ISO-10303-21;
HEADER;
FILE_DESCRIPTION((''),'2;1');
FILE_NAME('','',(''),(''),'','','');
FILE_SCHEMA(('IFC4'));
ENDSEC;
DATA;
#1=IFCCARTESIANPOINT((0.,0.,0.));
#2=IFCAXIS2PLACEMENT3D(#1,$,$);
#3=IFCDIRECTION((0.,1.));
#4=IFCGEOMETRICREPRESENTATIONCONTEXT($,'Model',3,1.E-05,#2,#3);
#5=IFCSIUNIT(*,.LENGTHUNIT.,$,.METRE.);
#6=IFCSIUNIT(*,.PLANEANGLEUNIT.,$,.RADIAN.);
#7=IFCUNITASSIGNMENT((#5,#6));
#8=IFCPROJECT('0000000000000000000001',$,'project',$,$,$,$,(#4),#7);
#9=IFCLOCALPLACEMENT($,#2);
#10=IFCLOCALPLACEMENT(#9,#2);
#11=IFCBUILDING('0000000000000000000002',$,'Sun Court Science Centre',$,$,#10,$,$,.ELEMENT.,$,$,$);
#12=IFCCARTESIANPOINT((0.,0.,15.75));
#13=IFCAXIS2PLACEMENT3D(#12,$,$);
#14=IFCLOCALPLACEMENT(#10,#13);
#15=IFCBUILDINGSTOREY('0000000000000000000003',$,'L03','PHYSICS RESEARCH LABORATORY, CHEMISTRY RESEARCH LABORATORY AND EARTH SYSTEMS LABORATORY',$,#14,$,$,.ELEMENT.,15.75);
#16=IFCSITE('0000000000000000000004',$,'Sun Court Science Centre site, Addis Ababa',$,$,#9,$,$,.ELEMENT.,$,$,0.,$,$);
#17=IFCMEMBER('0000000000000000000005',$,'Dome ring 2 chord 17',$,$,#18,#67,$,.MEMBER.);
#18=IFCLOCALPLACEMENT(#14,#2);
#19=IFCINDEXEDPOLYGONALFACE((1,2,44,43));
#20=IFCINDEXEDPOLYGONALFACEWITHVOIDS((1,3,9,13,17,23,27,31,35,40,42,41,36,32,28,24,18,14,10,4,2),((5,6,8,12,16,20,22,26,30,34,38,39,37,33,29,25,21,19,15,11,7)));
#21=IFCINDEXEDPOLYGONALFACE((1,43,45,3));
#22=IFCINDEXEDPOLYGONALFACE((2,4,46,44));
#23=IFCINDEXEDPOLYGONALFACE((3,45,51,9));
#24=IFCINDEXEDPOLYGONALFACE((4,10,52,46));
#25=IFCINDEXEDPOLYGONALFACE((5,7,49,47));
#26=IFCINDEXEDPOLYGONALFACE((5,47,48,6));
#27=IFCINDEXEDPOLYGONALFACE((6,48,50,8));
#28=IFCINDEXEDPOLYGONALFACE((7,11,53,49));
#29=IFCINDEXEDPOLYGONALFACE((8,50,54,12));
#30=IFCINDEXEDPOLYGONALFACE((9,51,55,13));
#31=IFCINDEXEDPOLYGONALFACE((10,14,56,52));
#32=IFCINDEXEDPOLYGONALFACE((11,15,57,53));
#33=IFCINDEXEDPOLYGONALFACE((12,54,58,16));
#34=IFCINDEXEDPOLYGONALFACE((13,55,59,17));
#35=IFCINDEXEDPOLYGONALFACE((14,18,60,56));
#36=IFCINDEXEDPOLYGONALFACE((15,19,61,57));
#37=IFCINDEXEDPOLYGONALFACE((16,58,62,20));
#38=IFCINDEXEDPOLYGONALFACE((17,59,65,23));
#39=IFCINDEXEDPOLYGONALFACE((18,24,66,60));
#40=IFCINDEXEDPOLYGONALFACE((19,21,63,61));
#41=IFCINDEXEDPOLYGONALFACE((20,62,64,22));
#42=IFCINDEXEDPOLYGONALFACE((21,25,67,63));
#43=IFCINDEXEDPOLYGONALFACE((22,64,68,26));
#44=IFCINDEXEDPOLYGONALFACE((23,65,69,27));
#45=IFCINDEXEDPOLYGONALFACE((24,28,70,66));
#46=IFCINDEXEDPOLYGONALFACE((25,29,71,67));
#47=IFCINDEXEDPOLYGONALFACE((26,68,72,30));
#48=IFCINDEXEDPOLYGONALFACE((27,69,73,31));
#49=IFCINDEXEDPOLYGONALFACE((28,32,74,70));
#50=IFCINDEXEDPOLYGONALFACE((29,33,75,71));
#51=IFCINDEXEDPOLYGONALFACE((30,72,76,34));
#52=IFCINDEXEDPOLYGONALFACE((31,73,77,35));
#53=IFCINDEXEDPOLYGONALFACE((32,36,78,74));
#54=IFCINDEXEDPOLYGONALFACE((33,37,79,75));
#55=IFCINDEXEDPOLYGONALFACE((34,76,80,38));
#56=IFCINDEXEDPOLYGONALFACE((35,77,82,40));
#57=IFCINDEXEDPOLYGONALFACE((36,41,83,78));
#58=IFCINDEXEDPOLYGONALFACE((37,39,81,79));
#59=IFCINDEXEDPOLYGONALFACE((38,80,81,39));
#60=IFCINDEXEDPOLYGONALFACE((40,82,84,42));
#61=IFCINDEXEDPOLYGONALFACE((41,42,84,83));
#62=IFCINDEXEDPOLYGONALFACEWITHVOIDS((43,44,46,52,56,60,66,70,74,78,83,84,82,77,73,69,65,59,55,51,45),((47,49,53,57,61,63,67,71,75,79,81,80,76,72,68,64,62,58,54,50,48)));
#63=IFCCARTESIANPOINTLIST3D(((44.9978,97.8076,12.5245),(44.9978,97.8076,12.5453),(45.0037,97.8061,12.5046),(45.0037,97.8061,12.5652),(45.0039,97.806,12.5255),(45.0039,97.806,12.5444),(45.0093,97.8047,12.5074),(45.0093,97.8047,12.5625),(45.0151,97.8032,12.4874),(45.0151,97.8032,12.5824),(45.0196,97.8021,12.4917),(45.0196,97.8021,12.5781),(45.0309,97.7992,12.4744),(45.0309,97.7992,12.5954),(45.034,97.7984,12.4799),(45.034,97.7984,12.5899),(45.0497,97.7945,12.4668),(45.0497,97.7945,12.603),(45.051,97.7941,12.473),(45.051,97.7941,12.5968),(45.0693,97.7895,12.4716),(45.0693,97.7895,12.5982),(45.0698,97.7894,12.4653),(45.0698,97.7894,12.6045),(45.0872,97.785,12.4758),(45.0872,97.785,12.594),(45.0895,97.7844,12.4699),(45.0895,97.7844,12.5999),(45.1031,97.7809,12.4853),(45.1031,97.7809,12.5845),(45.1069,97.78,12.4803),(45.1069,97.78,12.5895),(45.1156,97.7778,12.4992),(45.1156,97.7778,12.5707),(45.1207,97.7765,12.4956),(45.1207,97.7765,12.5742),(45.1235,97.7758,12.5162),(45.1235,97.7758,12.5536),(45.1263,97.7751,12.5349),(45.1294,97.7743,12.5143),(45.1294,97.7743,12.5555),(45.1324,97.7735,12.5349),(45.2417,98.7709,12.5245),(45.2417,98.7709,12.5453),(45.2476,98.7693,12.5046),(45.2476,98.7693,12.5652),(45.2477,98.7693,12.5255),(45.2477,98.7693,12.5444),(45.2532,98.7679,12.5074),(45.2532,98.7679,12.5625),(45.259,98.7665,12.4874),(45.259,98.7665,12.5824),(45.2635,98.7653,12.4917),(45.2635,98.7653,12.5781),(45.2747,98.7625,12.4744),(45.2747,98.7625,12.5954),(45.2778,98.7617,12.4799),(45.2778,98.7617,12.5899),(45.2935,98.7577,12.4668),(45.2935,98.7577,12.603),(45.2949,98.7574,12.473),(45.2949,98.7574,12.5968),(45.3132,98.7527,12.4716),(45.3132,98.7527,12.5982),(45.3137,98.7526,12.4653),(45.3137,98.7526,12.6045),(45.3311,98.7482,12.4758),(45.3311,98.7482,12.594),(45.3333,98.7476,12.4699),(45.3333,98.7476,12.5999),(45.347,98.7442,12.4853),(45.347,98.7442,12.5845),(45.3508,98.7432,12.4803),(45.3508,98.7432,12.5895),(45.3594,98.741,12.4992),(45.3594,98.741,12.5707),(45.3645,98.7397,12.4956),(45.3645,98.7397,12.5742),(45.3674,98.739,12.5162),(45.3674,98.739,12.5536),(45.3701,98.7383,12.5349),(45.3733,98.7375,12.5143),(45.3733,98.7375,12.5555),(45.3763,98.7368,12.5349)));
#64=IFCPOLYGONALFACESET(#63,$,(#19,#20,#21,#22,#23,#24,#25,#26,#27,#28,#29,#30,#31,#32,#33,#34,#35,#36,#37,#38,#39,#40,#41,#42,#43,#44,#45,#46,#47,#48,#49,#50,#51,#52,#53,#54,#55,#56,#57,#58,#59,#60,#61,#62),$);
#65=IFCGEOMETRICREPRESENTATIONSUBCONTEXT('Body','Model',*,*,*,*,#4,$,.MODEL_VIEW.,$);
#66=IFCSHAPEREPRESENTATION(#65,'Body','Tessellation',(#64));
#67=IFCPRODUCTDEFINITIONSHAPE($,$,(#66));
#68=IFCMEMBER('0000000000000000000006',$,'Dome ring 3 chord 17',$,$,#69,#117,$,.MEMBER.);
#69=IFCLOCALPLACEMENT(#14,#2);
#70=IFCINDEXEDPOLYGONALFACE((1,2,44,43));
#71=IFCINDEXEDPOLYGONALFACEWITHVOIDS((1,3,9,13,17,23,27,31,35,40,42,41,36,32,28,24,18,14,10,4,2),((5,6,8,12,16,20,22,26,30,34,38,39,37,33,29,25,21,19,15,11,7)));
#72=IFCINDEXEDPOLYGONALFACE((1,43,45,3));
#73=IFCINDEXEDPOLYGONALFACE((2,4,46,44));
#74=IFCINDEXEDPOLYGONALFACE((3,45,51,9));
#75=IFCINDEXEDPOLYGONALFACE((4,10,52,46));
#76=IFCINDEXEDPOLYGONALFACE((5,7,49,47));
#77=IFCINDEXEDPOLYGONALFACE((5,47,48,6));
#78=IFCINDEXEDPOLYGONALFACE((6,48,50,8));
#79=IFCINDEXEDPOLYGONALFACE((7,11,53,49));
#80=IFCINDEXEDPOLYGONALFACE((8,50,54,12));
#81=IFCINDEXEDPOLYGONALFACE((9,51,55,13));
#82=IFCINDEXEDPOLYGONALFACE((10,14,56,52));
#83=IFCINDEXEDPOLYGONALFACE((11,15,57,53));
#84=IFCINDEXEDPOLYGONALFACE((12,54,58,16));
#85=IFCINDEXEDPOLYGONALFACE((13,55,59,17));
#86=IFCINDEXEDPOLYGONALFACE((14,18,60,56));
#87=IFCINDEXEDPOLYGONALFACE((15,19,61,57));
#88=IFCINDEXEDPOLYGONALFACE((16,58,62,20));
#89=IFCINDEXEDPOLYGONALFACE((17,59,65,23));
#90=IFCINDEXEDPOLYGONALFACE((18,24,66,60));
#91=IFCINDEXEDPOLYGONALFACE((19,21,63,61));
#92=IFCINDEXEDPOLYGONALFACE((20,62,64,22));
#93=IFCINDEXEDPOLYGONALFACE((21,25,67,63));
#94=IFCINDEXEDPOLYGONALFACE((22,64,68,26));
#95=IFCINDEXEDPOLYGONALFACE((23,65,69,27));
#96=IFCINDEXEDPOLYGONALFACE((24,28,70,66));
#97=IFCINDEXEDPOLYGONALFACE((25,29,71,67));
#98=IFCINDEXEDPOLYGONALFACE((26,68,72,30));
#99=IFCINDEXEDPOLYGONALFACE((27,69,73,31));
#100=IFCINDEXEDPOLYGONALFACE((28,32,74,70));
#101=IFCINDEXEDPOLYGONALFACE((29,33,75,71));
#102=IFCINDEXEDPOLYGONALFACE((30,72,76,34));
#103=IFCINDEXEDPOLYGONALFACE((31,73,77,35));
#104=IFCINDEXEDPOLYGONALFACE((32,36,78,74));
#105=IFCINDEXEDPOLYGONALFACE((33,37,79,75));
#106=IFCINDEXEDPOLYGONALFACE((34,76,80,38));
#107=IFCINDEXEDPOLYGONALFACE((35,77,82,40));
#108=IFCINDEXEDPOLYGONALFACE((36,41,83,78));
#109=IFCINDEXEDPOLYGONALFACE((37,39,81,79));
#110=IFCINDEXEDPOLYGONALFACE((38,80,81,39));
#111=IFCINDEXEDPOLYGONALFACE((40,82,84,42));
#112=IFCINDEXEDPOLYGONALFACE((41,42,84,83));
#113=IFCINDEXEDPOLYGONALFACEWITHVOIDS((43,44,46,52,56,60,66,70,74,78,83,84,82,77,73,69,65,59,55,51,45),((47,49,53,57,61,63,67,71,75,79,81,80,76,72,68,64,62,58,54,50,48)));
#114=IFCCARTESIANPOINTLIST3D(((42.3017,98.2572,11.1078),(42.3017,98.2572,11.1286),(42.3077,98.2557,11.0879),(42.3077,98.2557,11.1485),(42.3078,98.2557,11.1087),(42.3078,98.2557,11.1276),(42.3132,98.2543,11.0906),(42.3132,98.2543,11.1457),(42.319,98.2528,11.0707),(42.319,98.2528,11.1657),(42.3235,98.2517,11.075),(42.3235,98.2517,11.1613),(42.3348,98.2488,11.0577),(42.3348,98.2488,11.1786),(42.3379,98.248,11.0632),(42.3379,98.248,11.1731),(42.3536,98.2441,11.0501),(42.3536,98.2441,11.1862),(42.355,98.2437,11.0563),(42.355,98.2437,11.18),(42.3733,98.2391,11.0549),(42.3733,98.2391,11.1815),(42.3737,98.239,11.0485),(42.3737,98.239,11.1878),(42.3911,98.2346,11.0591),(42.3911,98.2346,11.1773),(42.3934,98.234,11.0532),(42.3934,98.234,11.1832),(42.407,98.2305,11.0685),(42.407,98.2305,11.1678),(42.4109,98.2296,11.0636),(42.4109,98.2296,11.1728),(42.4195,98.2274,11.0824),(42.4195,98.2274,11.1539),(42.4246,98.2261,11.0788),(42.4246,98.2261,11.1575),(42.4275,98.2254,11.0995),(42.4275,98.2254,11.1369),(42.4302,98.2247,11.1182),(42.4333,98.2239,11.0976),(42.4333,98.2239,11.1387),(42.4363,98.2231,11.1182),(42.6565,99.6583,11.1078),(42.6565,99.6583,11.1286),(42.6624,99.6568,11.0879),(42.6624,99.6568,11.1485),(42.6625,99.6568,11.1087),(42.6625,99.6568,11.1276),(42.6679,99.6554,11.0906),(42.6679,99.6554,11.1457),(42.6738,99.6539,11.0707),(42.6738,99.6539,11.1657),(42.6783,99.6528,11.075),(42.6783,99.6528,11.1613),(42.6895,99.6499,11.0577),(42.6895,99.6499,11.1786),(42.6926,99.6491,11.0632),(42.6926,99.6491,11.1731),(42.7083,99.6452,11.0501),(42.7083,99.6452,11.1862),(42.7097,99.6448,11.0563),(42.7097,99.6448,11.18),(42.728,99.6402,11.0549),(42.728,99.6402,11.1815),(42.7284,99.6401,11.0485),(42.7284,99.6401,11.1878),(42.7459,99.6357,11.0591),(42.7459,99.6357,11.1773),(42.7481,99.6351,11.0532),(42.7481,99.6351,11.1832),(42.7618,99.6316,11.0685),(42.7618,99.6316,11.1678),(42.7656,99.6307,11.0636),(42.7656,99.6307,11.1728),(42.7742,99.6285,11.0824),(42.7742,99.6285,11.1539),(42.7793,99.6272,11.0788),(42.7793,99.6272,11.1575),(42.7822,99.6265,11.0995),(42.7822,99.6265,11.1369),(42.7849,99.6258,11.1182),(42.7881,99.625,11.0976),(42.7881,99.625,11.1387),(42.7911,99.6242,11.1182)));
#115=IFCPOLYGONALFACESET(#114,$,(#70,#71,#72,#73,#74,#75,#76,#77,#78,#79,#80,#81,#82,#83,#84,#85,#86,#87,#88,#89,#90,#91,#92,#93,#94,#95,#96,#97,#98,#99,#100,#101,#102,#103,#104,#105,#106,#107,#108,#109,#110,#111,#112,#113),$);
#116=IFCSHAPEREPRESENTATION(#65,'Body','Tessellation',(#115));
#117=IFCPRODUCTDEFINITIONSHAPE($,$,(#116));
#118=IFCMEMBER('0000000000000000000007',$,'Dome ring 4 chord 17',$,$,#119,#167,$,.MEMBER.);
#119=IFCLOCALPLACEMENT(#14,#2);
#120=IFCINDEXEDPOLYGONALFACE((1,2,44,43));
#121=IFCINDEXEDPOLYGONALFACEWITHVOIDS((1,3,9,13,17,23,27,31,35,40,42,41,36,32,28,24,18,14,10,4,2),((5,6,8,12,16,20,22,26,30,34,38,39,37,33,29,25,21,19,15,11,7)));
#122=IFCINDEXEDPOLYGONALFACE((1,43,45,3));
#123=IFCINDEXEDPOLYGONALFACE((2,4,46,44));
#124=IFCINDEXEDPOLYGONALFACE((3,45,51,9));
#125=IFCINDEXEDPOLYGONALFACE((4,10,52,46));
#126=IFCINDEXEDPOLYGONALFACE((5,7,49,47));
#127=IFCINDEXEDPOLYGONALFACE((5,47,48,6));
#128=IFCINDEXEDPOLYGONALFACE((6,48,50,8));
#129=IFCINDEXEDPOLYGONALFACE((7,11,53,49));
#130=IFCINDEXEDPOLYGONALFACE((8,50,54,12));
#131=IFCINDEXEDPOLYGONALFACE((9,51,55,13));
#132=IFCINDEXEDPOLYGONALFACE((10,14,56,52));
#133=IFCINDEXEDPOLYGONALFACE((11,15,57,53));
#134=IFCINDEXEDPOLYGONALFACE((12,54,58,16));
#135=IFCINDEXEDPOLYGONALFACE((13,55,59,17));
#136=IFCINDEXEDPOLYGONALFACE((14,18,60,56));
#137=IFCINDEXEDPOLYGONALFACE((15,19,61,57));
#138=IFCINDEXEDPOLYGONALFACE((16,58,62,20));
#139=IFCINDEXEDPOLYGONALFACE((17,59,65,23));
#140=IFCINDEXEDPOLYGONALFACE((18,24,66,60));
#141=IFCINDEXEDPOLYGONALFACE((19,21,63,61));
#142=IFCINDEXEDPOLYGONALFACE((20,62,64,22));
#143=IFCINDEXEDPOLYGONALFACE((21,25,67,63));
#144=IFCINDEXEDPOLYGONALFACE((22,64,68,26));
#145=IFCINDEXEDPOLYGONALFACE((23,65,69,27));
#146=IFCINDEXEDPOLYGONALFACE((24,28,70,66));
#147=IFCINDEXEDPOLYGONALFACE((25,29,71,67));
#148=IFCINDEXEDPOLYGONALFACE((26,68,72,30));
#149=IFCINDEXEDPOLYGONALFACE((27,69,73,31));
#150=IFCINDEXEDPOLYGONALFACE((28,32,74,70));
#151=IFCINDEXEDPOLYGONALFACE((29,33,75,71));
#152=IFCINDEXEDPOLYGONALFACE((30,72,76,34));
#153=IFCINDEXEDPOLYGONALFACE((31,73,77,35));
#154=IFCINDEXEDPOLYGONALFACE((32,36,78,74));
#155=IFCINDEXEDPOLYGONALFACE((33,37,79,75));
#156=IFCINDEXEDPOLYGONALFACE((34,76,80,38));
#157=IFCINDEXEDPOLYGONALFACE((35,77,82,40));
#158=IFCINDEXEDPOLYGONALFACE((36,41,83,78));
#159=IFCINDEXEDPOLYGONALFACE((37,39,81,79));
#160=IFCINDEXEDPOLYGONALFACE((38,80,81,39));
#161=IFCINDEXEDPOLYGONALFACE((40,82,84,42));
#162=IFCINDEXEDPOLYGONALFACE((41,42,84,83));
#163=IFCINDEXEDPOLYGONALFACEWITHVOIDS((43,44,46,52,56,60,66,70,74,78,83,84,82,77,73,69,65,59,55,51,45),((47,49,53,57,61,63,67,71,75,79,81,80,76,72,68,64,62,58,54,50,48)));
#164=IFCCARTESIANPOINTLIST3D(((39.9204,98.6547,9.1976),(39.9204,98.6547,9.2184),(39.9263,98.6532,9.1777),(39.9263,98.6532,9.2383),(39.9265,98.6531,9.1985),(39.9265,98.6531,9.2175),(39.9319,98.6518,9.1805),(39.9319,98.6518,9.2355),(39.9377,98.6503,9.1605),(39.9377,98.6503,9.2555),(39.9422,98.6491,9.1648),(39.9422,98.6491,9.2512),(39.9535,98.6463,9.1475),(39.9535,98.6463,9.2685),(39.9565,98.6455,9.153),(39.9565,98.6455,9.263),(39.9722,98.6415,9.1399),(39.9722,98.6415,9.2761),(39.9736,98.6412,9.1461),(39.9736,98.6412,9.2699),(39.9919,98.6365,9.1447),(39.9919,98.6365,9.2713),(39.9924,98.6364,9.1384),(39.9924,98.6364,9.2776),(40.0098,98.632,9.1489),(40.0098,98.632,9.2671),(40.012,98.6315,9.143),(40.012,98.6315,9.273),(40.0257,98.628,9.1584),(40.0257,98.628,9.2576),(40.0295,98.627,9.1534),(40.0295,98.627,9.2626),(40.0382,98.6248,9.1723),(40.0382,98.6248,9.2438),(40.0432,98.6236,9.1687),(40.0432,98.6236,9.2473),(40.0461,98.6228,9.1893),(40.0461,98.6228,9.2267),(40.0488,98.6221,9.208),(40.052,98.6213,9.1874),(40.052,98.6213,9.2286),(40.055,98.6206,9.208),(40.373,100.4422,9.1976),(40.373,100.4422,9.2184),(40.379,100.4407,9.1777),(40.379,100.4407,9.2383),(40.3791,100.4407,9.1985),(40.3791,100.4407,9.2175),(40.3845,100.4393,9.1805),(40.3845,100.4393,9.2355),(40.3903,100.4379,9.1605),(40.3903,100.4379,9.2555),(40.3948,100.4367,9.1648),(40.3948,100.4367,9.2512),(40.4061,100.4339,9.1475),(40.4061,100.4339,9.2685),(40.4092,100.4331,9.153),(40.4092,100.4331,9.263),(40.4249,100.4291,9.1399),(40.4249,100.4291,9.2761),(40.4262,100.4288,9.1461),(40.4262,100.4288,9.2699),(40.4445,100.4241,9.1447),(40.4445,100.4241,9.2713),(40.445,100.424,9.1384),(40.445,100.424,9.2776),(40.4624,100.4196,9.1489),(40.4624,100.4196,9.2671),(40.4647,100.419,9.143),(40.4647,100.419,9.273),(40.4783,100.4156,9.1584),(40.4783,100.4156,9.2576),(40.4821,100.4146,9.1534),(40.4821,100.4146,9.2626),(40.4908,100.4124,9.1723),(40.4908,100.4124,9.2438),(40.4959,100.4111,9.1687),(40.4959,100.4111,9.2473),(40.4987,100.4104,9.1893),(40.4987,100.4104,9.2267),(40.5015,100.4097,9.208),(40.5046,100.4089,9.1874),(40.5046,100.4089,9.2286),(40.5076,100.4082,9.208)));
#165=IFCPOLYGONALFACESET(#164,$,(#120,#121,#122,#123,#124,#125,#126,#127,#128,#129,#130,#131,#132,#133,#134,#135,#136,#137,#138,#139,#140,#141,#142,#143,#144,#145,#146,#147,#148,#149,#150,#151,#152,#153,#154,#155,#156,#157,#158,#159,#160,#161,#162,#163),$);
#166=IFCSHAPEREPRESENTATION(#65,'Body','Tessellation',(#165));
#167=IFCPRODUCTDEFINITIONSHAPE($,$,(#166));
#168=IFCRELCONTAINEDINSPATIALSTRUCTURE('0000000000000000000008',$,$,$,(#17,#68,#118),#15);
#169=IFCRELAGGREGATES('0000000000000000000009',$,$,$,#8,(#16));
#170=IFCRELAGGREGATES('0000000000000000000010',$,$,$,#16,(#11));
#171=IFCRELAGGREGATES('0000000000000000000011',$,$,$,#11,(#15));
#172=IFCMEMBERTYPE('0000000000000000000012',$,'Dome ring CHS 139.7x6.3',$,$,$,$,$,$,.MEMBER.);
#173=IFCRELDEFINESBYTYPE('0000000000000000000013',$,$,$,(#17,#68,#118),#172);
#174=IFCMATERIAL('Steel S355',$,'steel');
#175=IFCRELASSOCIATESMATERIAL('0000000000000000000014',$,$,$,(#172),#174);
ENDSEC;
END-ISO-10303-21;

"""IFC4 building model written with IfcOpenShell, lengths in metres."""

from ifc_helpers import new_model, si_unit, direction, frame, origin, origin_2d, place, context, subcontext, project, spatial, hollow_circle, extrude, material, material_profile, profile_set, type_object, element, save


model = new_model("IFC4")

# Units and contexts
model_context = context("Model", 3, precision=1e-05, world=origin(), true_north=direction((0.0, 1.0)))
body_context = subcontext(model_context, "Body", "Model", "MODEL_VIEW")
ifc_project = project(units=[si_unit("LENGTHUNIT", "METRE"), si_unit("PLANEANGLEUNIT", "RADIAN")], contexts=[model_context])

# Site, building, storey
site_placement = place(None, origin())
site = spatial("IfcSite", under=ifc_project, at=site_placement, Name="Sun Court Science Centre site, Addis Ababa", CompositionType="ELEMENT", RefElevation=0.0)
building_placement = place(site_placement, origin())
building = spatial("IfcBuilding", under=site, at=building_placement, Name="Sun Court Science Centre", CompositionType="ELEMENT")
storey_placement = place(building_placement, frame((0.0, 0.0, 15.75)))
storey = spatial("IfcBuildingStorey", under=building, at=storey_placement, Name="L03", Description="PHYSICS RESEARCH LABORATORY, CHEMISTRY RESEARCH LABORATORY AND EARTH SYSTEMS LABORATORY", CompositionType="ELEMENT", Elevation=15.75)

# Members
ifc_material_1 = material(Name="Steel S355", Category="steel")
ifc_material_profile_1 = material_profile(ifc_material_1, hollow_circle(Radius=0.0698, WallThickness=0.0063, at=origin_2d()), Name="CHS 139.7x6.3")
ifc_profile_set_1 = profile_set([ifc_material_profile_1], Name="Steel S355")
member_type_1 = type_object("IfcMemberType", Name="Dome ring CHS 139.7x6.3", PredefinedType="MEMBER", material=ifc_profile_set_1)
member_1_placement = place(storey_placement, frame((45.3086, 98.7539, 12.5349), z_axis=(-0.245425, -0.969416, 0.0), x_axis=(0.969416, -0.245425, 0.0)))
element("IfcMember", 1, at=member_1_placement, inside=storey, type_object=member_type_1, Name="Dome ring 2 chord 17", PredefinedType="MEMBER", context=body_context, shape_type="SweptSolid", body=[
    extrude(hollow_circle(Radius=0.0698, WallThickness=0.0063, at=origin_2d()), origin(), (0.0, 0.0, 1.0), 0.9937),
])
member_2_placement = place(storey_placement, frame((42.7234, 99.6414, 11.1182), z_axis=(-0.245436, -0.969413, 0.0), x_axis=(0.969413, -0.245436, 0.0)))
element("IfcMember", 2, at=member_2_placement, inside=storey, type_object=member_type_1, Name="Dome ring 3 chord 17", PredefinedType="MEMBER", context=body_context, shape_type="SweptSolid", body=[
    extrude(hollow_circle(Radius=0.0698, WallThickness=0.0063, at=origin_2d()), origin(), (0.0, 0.0, 1.0), 1.4453),
])
member_3_placement = place(storey_placement, frame((40.4399, 100.4253, 9.208), z_axis=(-0.245463, -0.969406, 0.0), x_axis=(0.969406, -0.245463, 0.0)))
element("IfcMember", 3, at=member_3_placement, inside=storey, type_object=member_type_1, Name="Dome ring 4 chord 17", PredefinedType="MEMBER", context=body_context, shape_type="SweptSolid", body=[
    extrude(hollow_circle(Radius=0.0698, WallThickness=0.0063, at=origin_2d()), origin(), (0.0, 0.0, 1.0), 1.844),
])

save(model, "model.ifc")
